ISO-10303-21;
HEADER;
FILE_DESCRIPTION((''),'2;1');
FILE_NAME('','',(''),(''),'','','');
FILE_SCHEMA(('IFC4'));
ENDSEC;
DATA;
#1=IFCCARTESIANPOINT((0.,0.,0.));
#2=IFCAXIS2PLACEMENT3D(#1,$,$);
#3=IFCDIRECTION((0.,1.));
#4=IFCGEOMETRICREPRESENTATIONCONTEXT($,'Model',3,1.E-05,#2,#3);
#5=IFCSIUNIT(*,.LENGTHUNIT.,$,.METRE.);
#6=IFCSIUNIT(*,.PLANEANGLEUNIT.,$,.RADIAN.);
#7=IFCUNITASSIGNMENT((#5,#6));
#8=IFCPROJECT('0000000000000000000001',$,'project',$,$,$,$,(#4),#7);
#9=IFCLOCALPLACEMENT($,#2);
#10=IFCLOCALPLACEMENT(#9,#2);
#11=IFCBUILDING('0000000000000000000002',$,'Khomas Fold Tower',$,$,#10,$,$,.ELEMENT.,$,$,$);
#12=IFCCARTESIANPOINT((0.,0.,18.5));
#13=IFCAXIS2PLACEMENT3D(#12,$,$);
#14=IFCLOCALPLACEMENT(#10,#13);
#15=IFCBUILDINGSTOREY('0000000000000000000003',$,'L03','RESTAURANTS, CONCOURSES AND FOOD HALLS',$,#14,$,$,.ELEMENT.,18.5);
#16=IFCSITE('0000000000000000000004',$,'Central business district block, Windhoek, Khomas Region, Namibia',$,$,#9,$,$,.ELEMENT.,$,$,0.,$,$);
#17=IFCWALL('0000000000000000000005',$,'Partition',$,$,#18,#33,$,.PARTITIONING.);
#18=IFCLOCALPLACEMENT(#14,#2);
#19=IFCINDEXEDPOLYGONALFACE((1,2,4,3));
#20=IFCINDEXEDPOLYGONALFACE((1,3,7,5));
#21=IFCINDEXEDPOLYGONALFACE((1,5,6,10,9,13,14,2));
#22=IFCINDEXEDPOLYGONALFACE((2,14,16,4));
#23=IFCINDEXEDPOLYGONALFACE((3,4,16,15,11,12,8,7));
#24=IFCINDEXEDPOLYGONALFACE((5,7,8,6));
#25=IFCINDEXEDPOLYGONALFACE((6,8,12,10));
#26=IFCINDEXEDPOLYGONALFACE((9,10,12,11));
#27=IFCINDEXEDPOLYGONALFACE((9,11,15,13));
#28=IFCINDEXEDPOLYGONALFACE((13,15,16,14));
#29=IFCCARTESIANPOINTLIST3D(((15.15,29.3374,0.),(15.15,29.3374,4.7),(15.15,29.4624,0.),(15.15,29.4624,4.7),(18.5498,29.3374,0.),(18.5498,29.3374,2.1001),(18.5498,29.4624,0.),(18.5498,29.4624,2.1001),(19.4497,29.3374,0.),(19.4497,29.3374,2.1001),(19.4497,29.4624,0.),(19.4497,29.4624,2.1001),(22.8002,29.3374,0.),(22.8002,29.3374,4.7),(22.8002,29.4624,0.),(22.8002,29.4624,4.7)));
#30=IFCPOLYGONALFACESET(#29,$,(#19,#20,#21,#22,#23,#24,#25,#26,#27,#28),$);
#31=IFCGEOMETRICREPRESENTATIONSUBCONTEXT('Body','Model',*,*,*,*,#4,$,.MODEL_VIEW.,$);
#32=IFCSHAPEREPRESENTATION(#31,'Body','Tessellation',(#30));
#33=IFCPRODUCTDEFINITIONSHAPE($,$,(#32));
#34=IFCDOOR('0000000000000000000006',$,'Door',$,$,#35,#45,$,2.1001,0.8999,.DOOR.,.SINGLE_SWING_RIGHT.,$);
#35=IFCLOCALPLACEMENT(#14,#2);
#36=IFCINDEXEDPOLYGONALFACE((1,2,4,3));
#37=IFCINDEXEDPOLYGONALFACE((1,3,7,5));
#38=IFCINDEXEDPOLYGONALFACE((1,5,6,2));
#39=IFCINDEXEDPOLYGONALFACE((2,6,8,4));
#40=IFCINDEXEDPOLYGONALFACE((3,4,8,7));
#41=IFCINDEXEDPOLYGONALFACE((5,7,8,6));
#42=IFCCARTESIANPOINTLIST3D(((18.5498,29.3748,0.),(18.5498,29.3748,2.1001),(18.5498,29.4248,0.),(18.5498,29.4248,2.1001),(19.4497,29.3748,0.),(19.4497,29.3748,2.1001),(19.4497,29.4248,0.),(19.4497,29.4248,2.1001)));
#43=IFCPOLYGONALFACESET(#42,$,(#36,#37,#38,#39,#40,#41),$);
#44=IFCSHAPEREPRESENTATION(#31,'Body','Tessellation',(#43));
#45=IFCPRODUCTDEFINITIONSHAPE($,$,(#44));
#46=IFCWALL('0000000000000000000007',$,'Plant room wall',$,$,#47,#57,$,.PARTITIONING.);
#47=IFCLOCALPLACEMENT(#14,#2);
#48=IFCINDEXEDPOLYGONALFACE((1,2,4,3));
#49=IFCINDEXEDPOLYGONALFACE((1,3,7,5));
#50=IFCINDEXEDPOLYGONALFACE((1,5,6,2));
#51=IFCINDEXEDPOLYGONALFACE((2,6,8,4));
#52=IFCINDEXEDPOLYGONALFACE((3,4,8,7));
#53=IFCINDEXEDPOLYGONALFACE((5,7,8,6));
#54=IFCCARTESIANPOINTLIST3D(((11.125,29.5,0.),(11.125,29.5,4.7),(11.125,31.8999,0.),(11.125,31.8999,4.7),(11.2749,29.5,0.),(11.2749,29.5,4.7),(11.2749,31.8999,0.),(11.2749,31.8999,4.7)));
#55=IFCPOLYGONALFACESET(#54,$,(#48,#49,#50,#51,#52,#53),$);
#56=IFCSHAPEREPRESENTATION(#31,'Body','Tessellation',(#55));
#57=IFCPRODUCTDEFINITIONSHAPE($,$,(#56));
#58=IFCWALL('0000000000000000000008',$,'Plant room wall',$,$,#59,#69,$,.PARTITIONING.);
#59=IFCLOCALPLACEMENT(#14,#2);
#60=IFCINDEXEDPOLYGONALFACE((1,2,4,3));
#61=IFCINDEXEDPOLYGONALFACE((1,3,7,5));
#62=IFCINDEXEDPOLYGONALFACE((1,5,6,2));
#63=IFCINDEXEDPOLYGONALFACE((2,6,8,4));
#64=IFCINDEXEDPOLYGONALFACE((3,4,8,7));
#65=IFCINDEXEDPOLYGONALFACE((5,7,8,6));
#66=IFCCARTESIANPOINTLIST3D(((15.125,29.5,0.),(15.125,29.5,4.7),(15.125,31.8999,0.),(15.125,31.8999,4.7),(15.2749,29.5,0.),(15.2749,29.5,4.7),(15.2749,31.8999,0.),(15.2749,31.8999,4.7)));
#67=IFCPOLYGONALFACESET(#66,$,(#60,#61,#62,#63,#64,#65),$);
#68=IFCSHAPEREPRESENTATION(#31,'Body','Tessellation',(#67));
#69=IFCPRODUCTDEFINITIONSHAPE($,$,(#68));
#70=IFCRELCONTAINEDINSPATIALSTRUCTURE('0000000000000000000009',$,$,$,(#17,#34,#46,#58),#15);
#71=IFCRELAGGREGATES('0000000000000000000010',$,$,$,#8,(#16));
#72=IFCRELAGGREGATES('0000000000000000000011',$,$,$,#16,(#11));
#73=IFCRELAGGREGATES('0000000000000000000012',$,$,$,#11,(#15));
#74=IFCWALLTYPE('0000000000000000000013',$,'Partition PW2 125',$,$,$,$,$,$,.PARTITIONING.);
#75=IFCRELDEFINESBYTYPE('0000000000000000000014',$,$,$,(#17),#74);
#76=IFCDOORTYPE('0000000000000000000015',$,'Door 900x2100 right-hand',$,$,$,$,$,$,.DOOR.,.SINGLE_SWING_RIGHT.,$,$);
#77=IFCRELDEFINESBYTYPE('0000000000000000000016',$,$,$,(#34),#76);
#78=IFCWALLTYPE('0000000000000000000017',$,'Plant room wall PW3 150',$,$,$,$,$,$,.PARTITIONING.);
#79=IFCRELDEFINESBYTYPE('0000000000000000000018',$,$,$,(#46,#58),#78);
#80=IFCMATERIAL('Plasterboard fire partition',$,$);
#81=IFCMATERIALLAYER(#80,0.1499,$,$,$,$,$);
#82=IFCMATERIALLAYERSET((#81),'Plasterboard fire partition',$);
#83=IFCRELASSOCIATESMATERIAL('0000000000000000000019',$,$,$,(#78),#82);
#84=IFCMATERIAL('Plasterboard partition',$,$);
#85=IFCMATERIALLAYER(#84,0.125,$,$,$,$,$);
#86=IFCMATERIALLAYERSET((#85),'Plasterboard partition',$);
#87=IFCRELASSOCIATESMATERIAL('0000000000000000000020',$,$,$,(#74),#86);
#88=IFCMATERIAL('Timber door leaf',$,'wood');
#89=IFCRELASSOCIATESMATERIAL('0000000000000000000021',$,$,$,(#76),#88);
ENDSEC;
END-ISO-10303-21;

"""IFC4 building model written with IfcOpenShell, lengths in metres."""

from ifc_helpers import new_model, si_unit, direction, frame, frame_2d, origin, place, context, subcontext, project, spatial, rectangle, extrude, source, transform, mapped, material, layer, layer_set, type_object, element, fill, save


model = new_model("IFC4")

# Units and contexts
model_context = context("Model", 3, precision=1e-05, world=origin(), true_north=direction((0.0, 1.0)))
body_context = subcontext(model_context, "Body", "Model", "MODEL_VIEW")
ifc_project = project(units=[si_unit("LENGTHUNIT", "METRE"), si_unit("PLANEANGLEUNIT", "RADIAN")], contexts=[model_context])

# Site, building, storey
site_placement = place(None, origin())
site = spatial("IfcSite", under=ifc_project, at=site_placement, Name="Central business district block, Windhoek, Khomas Region, Namibia", CompositionType="ELEMENT", RefElevation=0.0)
building_placement = place(site_placement, origin())
building = spatial("IfcBuilding", under=site, at=building_placement, Name="Khomas Fold Tower", CompositionType="ELEMENT")
storey_placement = place(building_placement, frame((0.0, 0.0, 18.5)))
storey = spatial("IfcBuildingStorey", under=building, at=storey_placement, Name="L03", Description="RESTAURANTS, CONCOURSES AND FOOD HALLS", CompositionType="ELEMENT", Elevation=18.5)

# Wall, opening, door
ifc_material_1 = material(Name="Plasterboard fire partition")
ifc_layer_1 = layer(ifc_material_1, 0.1499)
ifc_layer_set_1 = layer_set([ifc_layer_1], Name="Plasterboard fire partition")
wall_type_1 = type_object("IfcWallType", Name="Plant room wall PW3 150", PredefinedType="PARTITIONING", material=ifc_layer_set_1)
shared_shape_1 = source(origin(), body_context, "Body", "SweptSolid", [
    extrude(rectangle(XDim=0.8999, YDim=2.1001, at=frame_2d((0.45, 1.05))), frame((0.0, 0.0249, 0.0), z_axis=(0.0, -1.0, 0.0), x_axis=(1.0, 0.0, 0.0)), (0.0, 0.0, 1.0), 0.05),
])
ifc_material_2 = material(Name="Plasterboard partition")
ifc_layer_2 = layer(ifc_material_2, 0.125)
ifc_layer_set_2 = layer_set([ifc_layer_2], Name="Plasterboard partition")
wall_type_2 = type_object("IfcWallType", Name="Partition PW2 125", PredefinedType="PARTITIONING", material=ifc_layer_set_2)
shared_shape_2 = source(origin(), body_context, "Body", "SweptSolid", [
    extrude(rectangle(XDim=7.6501, YDim=0.125, at=frame_2d((3.8252, 0.0))), origin(), (0.0, 0.0, 1.0), 4.7),
])
wall_1_placement = place(storey_placement, frame((15.1499, 29.3999, 0.0), z_axis=(0.0, 0.0, 1.0), x_axis=(1.0, 0.0, 0.0)))
wall_1 = element("IfcWall", 1, at=wall_1_placement, inside=storey, type_object=wall_type_2, Name="Partition", PredefinedType="PARTITIONING", context=body_context, shape_type="MappedRepresentation", body=[
    mapped(shared_shape_2, transform((0.0, 0.0, 0.0))),
])
shared_shape_3 = source(origin(), body_context, "Body", "SweptSolid", [
    extrude(rectangle(XDim=0.8999, YDim=2.1001, at=frame_2d((0.45, 1.05))), frame((0.0, 0.0725, 0.0), z_axis=(0.0, -1.0, 0.0), x_axis=(1.0, 0.0, 0.0)), (0.0, 0.0, 1.0), 0.145),
])
opening_1_placement = place(wall_1_placement, frame((3.3999, 0.0, 0.0)))
opening_1 = element("IfcOpeningElement", 2, at=opening_1_placement, cuts=wall_1, PredefinedType="OPENING", context=body_context, shape_type="MappedRepresentation", body=[
    mapped(shared_shape_3, transform((0.0, 0.0, 0.0))),
])
ifc_material_3 = material(Name="Timber door leaf", Category="wood")
door_type_1 = type_object("IfcDoorType", Name="Door 900x2100 right-hand", OperationType="SINGLE_SWING_RIGHT", PredefinedType="DOOR", material=ifc_material_3)
door_1_placement = place(opening_1_placement, origin())
door_1 = element("IfcDoor", 3, at=door_1_placement, inside=storey, type_object=door_type_1, Name="Door", OperationType="SINGLE_SWING_RIGHT", OverallHeight=2.1001, OverallWidth=0.8999, PredefinedType="DOOR", context=body_context, shape_type="MappedRepresentation", body=[
    mapped(shared_shape_1, transform((0.0, 0.0, 0.0))),
])
fill(opening_1, door_1)

# Walls
shared_shape_4 = source(origin(), body_context, "Body", "SweptSolid", [
    extrude(rectangle(XDim=2.3999, YDim=0.1499, at=frame_2d((1.2, 0.0))), origin(), (0.0, 0.0, 1.0), 4.7),
])
for number, where, z_axis, x_axis, name in (
    (4, (11.2, 29.5, 0.0), (0.0, 0.0, 1.0), (0.0, 1.0, 0.0), "Plant room wall"),
    (5, (15.2, 29.5, 0.0), (0.0, 0.0, 1.0), (0.0, 1.0, 0.0), "Plant room wall"),
):
    element("IfcWall", number, at=place(storey_placement, frame(where, z_axis=z_axis, x_axis=x_axis)), inside=storey, type_object=wall_type_1, Name=name, PredefinedType="PARTITIONING", context=body_context, shape_type="MappedRepresentation", body=[
        mapped(shared_shape_4, transform((0.0, 0.0, 0.0))),
    ])

save(model, "model.ifc")
